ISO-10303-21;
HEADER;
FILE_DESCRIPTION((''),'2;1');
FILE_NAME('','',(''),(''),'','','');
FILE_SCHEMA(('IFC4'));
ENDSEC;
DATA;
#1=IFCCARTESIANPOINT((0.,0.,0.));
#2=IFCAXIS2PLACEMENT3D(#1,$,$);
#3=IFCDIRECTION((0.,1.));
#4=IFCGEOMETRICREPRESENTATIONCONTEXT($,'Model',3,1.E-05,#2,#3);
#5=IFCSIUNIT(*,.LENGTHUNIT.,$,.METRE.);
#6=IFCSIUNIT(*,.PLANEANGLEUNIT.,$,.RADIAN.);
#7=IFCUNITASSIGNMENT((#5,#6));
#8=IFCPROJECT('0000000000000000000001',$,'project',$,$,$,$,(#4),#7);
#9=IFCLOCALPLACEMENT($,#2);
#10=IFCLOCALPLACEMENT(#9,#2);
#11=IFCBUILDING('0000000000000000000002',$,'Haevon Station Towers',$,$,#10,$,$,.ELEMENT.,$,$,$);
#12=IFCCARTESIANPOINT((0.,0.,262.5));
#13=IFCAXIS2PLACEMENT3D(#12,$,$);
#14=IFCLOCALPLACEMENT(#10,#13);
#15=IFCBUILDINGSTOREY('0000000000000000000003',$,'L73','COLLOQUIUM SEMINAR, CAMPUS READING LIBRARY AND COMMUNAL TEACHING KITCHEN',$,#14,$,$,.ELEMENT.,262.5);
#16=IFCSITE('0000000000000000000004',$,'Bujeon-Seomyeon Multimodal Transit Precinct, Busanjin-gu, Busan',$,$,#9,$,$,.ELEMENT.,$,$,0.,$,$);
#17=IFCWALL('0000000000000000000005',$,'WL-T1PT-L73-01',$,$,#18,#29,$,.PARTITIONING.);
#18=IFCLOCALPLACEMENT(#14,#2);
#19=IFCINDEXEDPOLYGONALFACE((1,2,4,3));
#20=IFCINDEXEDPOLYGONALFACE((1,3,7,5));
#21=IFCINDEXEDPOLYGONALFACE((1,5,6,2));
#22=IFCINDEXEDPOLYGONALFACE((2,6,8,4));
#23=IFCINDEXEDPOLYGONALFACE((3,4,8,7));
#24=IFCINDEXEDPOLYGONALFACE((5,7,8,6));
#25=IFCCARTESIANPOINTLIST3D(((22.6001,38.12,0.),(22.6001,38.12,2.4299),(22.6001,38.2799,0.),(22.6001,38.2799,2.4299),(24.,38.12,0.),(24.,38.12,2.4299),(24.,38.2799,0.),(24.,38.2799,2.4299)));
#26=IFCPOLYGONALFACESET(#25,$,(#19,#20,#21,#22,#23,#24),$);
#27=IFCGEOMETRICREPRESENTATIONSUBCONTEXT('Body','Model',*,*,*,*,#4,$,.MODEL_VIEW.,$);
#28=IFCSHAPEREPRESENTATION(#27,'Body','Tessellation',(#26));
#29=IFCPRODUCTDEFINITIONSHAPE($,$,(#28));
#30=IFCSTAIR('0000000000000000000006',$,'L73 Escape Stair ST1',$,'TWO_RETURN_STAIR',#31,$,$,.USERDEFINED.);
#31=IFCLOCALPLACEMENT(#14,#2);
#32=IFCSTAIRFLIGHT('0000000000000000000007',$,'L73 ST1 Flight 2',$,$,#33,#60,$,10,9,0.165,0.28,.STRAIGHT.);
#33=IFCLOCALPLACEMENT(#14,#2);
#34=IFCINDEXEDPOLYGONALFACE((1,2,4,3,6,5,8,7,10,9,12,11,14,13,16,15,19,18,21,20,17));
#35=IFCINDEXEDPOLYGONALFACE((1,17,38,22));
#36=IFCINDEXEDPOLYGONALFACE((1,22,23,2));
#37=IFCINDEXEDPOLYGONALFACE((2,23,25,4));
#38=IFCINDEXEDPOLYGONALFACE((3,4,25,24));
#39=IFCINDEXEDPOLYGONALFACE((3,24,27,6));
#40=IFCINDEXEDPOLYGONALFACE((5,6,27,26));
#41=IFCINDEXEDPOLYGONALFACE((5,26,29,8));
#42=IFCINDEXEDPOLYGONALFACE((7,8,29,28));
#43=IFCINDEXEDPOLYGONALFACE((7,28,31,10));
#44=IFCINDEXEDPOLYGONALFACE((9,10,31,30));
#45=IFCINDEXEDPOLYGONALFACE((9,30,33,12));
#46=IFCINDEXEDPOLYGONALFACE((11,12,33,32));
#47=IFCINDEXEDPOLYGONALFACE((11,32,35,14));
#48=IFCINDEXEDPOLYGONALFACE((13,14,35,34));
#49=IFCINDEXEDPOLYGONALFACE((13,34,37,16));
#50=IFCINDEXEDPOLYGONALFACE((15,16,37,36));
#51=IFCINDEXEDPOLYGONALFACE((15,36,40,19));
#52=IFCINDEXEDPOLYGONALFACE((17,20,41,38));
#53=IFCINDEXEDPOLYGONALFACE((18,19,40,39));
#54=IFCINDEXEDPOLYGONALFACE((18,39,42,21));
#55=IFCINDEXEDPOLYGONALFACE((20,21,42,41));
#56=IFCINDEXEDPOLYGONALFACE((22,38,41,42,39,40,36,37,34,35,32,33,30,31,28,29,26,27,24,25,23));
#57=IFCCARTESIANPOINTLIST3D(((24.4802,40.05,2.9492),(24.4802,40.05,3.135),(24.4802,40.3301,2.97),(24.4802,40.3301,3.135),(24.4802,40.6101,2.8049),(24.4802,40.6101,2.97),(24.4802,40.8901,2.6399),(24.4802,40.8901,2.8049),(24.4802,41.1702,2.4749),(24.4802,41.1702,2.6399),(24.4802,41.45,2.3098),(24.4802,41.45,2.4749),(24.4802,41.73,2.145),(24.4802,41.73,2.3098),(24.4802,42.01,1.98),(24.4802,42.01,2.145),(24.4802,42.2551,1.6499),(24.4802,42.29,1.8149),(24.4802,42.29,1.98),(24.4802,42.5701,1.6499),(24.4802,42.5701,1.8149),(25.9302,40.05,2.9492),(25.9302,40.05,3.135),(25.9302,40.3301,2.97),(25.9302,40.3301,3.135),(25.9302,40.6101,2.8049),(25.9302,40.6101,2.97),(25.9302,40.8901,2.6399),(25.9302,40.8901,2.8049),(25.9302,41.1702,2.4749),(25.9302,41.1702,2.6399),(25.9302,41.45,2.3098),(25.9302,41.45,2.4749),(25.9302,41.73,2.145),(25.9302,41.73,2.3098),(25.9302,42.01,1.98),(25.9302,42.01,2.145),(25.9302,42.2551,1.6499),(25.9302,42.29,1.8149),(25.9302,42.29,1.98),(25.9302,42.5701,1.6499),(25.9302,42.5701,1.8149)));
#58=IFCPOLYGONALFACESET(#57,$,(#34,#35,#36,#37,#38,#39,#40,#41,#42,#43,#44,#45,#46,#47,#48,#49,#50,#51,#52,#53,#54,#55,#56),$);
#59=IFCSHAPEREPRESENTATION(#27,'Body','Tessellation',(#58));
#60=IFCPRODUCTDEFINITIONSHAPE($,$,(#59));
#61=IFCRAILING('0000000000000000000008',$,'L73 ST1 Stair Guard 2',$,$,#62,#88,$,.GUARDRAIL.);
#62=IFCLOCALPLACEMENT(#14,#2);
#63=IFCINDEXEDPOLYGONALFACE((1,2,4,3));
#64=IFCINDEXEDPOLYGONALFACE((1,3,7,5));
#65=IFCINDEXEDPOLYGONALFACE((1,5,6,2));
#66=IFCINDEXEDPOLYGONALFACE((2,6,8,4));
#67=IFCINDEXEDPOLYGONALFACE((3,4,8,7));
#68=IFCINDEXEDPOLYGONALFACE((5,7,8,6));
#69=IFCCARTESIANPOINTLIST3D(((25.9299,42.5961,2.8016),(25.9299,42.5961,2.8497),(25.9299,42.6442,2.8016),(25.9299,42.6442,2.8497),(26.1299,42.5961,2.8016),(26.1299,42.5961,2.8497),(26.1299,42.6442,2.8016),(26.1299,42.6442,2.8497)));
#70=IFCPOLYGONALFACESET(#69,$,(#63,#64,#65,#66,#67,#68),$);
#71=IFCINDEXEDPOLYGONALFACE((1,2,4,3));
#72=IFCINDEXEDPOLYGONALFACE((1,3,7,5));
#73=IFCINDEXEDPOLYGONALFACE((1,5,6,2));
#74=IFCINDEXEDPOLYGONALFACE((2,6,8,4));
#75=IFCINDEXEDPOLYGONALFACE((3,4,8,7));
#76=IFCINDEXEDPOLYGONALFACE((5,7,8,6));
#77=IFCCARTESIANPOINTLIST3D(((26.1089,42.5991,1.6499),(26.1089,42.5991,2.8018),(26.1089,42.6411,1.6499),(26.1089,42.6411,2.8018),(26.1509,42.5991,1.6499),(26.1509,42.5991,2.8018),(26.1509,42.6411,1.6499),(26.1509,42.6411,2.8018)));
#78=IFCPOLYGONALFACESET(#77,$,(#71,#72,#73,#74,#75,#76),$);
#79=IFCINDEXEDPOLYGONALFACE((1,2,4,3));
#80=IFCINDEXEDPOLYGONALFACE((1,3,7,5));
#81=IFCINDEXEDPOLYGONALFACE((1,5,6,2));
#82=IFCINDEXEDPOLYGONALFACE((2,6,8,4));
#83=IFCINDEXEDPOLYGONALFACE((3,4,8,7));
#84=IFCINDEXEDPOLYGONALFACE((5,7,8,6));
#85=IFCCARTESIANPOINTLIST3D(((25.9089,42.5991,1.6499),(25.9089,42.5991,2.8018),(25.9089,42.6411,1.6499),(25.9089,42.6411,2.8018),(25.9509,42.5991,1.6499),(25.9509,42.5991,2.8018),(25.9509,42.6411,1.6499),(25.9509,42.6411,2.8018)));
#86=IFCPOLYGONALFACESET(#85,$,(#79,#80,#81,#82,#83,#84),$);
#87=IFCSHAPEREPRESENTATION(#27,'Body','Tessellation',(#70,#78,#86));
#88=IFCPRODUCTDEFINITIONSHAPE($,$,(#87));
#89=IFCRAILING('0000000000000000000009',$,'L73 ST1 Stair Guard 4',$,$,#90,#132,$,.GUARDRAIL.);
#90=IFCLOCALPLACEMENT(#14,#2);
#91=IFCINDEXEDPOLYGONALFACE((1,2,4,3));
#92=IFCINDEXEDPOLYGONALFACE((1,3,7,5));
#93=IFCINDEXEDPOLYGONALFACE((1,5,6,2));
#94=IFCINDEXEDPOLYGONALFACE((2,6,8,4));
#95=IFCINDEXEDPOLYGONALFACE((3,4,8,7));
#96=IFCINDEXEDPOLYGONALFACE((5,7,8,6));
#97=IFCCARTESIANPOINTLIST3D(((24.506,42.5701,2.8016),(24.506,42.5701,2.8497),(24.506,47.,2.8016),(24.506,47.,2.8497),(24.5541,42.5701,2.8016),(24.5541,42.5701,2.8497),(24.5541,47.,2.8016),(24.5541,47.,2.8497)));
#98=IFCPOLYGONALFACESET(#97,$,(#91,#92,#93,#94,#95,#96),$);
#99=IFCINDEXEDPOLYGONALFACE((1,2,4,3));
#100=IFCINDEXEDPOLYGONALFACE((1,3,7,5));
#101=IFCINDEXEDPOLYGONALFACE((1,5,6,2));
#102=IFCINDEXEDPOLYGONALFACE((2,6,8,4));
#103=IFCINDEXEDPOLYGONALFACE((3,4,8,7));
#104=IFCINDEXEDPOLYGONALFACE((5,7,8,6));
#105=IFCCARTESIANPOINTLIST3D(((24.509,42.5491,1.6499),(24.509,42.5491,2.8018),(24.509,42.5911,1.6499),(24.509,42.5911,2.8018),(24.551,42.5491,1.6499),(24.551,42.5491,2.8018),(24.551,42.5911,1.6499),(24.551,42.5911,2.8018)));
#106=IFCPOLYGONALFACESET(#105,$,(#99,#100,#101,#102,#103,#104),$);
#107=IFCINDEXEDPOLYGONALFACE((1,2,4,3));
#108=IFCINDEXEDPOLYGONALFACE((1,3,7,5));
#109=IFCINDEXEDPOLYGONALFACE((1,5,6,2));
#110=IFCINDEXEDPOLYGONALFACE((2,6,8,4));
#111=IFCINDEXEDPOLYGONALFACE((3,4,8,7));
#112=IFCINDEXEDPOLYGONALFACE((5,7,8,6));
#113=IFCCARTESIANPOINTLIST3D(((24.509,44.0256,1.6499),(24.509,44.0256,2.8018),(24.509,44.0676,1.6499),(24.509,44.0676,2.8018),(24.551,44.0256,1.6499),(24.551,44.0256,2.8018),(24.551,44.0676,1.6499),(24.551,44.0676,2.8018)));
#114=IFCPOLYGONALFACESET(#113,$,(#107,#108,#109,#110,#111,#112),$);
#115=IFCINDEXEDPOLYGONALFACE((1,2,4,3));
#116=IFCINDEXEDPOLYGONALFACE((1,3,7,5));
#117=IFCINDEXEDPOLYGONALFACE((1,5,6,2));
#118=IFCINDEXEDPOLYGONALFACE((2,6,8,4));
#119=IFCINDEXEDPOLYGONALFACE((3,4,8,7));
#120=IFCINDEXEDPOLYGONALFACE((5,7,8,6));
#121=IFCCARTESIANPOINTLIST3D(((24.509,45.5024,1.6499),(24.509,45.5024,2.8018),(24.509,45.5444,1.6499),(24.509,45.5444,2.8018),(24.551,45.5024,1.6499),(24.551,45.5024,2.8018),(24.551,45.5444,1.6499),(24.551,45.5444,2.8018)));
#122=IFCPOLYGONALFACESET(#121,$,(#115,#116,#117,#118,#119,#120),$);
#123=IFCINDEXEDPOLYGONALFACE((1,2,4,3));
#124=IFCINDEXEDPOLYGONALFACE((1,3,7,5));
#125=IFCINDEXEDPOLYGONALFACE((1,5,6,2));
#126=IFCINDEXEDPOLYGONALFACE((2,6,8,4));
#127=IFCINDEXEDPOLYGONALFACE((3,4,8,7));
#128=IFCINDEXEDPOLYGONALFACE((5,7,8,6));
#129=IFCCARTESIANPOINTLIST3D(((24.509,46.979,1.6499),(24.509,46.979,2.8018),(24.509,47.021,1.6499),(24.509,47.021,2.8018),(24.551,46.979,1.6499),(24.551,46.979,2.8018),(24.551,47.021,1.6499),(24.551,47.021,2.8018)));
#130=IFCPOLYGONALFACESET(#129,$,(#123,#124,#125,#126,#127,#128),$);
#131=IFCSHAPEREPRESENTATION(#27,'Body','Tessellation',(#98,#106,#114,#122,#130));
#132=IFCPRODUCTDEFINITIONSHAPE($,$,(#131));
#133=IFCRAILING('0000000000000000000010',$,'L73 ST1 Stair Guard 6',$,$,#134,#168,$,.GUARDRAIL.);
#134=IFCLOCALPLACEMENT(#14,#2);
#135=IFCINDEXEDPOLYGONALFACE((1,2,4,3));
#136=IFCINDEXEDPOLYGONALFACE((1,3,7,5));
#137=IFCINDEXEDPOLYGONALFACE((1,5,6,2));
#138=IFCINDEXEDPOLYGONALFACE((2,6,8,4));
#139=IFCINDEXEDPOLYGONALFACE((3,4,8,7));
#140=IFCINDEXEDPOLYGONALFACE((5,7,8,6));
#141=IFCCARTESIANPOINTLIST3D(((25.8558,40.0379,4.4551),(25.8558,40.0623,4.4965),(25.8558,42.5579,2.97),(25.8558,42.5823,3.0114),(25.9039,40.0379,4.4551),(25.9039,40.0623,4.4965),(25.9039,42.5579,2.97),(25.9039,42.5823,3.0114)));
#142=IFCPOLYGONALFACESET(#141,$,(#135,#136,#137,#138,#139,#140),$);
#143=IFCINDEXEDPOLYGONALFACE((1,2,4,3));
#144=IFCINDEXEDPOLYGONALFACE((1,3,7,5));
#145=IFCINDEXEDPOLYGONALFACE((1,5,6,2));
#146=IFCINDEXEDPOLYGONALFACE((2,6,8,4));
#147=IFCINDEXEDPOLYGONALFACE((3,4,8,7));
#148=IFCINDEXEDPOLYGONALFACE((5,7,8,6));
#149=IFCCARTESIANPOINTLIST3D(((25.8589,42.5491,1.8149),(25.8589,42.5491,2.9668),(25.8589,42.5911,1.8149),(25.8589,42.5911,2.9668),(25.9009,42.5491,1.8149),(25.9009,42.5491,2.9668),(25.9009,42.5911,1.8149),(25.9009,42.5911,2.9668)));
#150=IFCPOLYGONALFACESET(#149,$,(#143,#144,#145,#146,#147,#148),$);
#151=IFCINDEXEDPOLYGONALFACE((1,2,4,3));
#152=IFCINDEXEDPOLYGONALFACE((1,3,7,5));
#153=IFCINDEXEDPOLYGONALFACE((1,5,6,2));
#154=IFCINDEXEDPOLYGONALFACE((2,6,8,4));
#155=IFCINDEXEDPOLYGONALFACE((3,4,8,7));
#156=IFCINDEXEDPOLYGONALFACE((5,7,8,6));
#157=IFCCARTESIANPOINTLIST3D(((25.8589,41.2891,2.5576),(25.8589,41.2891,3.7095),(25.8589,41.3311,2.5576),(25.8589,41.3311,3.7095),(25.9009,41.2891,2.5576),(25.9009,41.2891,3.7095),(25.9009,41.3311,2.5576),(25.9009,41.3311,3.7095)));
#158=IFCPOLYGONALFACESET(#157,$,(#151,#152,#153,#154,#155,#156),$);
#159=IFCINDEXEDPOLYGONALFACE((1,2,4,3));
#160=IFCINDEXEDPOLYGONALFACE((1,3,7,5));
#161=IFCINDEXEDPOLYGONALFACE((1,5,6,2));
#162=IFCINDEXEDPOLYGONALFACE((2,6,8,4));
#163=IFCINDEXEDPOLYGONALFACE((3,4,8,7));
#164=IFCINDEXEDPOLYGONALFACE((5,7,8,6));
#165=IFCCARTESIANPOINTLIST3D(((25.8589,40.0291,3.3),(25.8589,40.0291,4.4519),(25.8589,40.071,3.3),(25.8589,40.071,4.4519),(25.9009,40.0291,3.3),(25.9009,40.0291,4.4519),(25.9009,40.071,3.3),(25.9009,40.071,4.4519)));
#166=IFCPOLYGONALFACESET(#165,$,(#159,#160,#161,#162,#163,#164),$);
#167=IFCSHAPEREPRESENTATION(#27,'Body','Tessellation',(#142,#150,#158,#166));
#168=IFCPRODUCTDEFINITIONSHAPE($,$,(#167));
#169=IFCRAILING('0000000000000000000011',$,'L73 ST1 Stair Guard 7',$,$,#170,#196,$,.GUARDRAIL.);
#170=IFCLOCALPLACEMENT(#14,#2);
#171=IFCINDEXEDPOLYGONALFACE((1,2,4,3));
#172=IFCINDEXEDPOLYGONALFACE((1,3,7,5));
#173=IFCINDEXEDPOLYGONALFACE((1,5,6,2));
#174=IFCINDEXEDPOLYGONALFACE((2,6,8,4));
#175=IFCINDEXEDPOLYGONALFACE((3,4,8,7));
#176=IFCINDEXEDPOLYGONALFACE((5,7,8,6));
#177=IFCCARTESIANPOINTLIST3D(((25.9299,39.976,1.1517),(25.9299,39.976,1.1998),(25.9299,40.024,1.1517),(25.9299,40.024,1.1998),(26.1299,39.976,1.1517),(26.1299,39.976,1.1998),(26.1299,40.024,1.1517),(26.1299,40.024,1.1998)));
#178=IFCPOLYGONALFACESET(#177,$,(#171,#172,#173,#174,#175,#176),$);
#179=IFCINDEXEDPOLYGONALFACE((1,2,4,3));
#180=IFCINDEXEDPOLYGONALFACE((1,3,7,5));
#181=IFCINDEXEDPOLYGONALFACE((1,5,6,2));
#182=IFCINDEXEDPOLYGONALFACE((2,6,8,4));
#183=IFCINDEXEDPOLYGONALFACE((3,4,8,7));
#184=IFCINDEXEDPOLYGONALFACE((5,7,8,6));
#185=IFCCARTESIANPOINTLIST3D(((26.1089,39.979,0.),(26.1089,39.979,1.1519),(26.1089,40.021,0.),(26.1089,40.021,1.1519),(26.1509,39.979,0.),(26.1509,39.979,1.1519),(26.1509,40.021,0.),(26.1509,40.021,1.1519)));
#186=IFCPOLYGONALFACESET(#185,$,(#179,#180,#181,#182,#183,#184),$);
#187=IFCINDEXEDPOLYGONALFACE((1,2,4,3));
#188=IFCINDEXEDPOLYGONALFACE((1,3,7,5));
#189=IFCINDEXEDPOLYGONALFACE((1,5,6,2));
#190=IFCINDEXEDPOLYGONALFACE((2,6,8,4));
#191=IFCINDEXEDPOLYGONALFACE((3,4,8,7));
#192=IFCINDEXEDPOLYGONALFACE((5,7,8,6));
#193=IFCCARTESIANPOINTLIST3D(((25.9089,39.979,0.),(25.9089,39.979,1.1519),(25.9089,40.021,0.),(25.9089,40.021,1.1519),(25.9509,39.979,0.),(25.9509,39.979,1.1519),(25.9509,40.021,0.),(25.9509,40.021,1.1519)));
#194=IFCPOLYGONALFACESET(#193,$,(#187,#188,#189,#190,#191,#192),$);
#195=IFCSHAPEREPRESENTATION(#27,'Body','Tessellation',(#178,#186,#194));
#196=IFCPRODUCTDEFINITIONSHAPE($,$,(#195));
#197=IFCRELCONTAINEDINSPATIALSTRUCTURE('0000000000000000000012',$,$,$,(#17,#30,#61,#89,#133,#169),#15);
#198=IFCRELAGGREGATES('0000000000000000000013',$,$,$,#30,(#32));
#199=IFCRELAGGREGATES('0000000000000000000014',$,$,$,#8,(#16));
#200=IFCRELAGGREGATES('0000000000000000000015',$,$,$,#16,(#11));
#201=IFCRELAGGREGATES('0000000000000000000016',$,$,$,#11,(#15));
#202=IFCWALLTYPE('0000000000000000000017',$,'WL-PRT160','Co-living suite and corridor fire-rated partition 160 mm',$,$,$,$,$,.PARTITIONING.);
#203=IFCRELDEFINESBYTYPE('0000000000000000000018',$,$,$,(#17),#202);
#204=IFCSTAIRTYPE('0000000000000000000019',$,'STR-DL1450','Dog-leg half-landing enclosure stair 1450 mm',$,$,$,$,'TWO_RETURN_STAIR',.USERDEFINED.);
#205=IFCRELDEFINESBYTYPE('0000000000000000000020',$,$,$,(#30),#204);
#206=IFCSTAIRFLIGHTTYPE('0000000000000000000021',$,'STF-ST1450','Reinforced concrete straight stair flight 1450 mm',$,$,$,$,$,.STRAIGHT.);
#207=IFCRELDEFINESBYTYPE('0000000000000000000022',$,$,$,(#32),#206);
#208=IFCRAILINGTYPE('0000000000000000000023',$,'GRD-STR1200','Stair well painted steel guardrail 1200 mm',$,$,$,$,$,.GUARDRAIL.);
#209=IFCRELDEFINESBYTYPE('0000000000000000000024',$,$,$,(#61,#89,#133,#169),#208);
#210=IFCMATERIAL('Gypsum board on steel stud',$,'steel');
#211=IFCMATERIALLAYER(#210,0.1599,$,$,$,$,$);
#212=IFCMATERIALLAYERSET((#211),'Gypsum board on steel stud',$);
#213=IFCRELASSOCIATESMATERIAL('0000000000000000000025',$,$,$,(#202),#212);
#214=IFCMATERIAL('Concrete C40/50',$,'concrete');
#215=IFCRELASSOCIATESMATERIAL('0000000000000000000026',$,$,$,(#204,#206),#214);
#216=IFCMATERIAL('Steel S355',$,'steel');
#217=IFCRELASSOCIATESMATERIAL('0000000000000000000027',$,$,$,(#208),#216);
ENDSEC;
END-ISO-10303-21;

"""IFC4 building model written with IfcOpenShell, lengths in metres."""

from ifc_helpers import new_model, si_unit, direction, frame, frame_2d, origin, origin_2d, place, context, subcontext, project, spatial, polyline, rectangle, outline, extrude, material, layer, layer_set, type_object, element, aggregate, save


model = new_model("IFC4")

# Units and contexts
model_context = context("Model", 3, precision=1e-05, world=origin(), true_north=direction((0.0, 1.0)))
body_context = subcontext(model_context, "Body", "Model", "MODEL_VIEW")
ifc_project = project(units=[si_unit("LENGTHUNIT", "METRE"), si_unit("PLANEANGLEUNIT", "RADIAN")], contexts=[model_context])

# Site, building, storey
site_placement = place(None, origin())
site = spatial("IfcSite", under=ifc_project, at=site_placement, Name="Bujeon-Seomyeon Multimodal Transit Precinct, Busanjin-gu, Busan", CompositionType="ELEMENT", RefElevation=0.0)
building_placement = place(site_placement, origin())
building = spatial("IfcBuilding", under=site, at=building_placement, Name="Haevon Station Towers", CompositionType="ELEMENT")
storey_placement = place(building_placement, frame((0.0, 0.0, 262.5)))
storey = spatial("IfcBuildingStorey", under=building, at=storey_placement, Name="L73", Description="COLLOQUIUM SEMINAR, CAMPUS READING LIBRARY AND COMMUNAL TEACHING KITCHEN", CompositionType="ELEMENT", Elevation=262.5)

# Shared definitions
ifc_material_1 = material(Name="Steel S355", Category="steel")

# Shared definitions
ifc_material_2 = material(Name="Gypsum board on steel stud", Category="steel")

# Wall
ifc_layer_1 = layer(ifc_material_2, 0.1599)
ifc_layer_set_1 = layer_set([ifc_layer_1], Name="Gypsum board on steel stud")
wall_type_1 = type_object("IfcWallType", Name="WL-PRT160", Description="Co-living suite and corridor fire-rated partition 160 mm", PredefinedType="PARTITIONING", material=ifc_layer_set_1)
wall_1_placement = place(storey_placement, frame((22.6001, 38.2, 0.0), z_axis=(0.0, 0.0, 1.0), x_axis=(1.0, 0.0, 0.0)))
element("IfcWall", 1, at=wall_1_placement, inside=storey, type_object=wall_type_1, Name="WL-T1PT-L73-01", PredefinedType="PARTITIONING", context=body_context, shape_type="SweptSolid", body=[
    extrude(rectangle(XDim=1.3999, YDim=0.1599, at=frame_2d((0.7, 0.0))), origin(), (0.0, 0.0, 1.0), 2.4299),
])

# Stair, stair flight
ifc_material_3 = material(Name="Concrete C40/50", Category="concrete")
stair_type = type_object("IfcStairType", Name="STR-DL1450", Description="Dog-leg half-landing enclosure stair 1450 mm", ElementType="TWO_RETURN_STAIR", PredefinedType="USERDEFINED", material=ifc_material_3)
stair_placement = place(storey_placement, origin())
stair = element("IfcStair", 2, at=stair_placement, inside=storey, type_object=stair_type, Name="L73 Escape Stair ST1", ObjectType="TWO_RETURN_STAIR", PredefinedType="USERDEFINED")
stair_flight_type = type_object("IfcStairFlightType", Name="STF-ST1450", Description="Reinforced concrete straight stair flight 1450 mm", PredefinedType="STRAIGHT", material=ifc_material_3)
stair_flight_placement = place(storey_placement, frame((25.2051, 42.5701, 1.6499), z_axis=(0.0, 0.0, 1.0), x_axis=(0.0, -1.0, 0.0)))
stair_flight = element("IfcStairFlight", 3, at=stair_flight_placement, type_object=stair_flight_type, Name="L73 ST1 Flight 2", NumberOfRisers=10, NumberOfTreads=9, PredefinedType="STRAIGHT", RiserHeight=0.165, TreadLength=0.28, context=body_context, shape_type="SweptSolid", body=[
    extrude(outline(polyline([(0.0, 0.0), (0.0, 0.165), (0.28, 0.165), (0.28, 0.3301), (0.5601, 0.3301), (0.5601, 0.4951), (0.8401, 0.4951), (0.8401, 0.6599), (1.1201, 0.6599), (1.1201, 0.825), (1.3999, 0.825), (1.3999, 0.99), (1.6799, 0.99), (1.6799, 1.155), (1.96, 1.155), (1.96, 1.3201), (2.24, 1.3201), (2.24, 1.4851), (2.52, 1.4851), (2.52, 1.6499), (2.52, 1.2993), (0.3149, 0.0), (0.0, 0.0)])), frame((0.0, 0.7251, 0.0), z_axis=(0.0, -1.0, 0.0), x_axis=(1.0, 0.0, 0.0)), (0.0, 0.0, 1.0), 1.45),
])
aggregate(stair, [stair_flight])

# Railings
railing_type_1 = type_object("IfcRailingType", Name="GRD-STR1200", Description="Stair well painted steel guardrail 1200 mm", PredefinedType="GUARDRAIL", material=ifc_material_1)
railing_1_placement = place(storey_placement, frame((26.1299, 42.6201, 1.6499)))
element("IfcRailing", 4, at=railing_1_placement, inside=storey, type_object=railing_type_1, Name="L73 ST1 Stair Guard 2", PredefinedType="GUARDRAIL", context=body_context, shape_type="SweptSolid", body=[
    extrude(rectangle(XDim=0.0481, YDim=0.0481, at=origin_2d()), frame((0.0, 0.0, 1.1758), z_axis=(-1.0, 0.0, 0.0), x_axis=(0.0, -1.0, 0.0)), (0.0, 0.0, 1.0), 0.2),
    extrude(rectangle(XDim=0.042, YDim=0.042, at=origin_2d()), origin(), (0.0, 0.0, 1.0), 1.1519),
    extrude(rectangle(XDim=0.042, YDim=0.042, at=origin_2d()), frame((-0.2, 0.0, 0.0)), (0.0, 0.0, 1.0), 1.1519),
])
railing_2_placement = place(storey_placement, frame((24.53, 42.5701, 1.6499)))
element("IfcRailing", 5, at=railing_2_placement, inside=storey, type_object=railing_type_1, Name="L73 ST1 Stair Guard 4", PredefinedType="GUARDRAIL", context=body_context, shape_type="SweptSolid", body=[
    extrude(rectangle(XDim=0.0481, YDim=0.0481, at=origin_2d()), frame((0.0, 0.0, 1.1758), z_axis=(0.0, 1.0, 0.0), x_axis=(-1.0, 0.0, 0.0)), (0.0, 0.0, 1.0), 4.4299),
    extrude(rectangle(XDim=0.042, YDim=0.042, at=origin_2d()), origin(), (0.0, 0.0, 1.0), 1.1519),
    extrude(rectangle(XDim=0.042, YDim=0.042, at=origin_2d()), frame((0.0, 1.4766, 0.0)), (0.0, 0.0, 1.0), 1.1519),
    extrude(rectangle(XDim=0.042, YDim=0.042, at=origin_2d()), frame((0.0, 2.9534, 0.0)), (0.0, 0.0, 1.0), 1.1519),
    extrude(rectangle(XDim=0.042, YDim=0.042, at=origin_2d()), frame((0.0, 4.4299, 0.0)), (0.0, 0.0, 1.0), 1.1519),
])
railing_3_placement = place(storey_placement, frame((25.8799, 42.5701, 1.8149)))
element("IfcRailing", 6, at=railing_3_placement, inside=storey, type_object=railing_type_1, Name="L73 ST1 Stair Guard 6", PredefinedType="GUARDRAIL", context=body_context, shape_type="SweptSolid", body=[
    extrude(rectangle(XDim=0.0481, YDim=0.0481, at=origin_2d()), frame((0.0, 0.0, 1.1758), z_axis=(0.0, -0.861524, 0.507717), x_axis=(1.0, 0.0, 0.0)), (0.0, 0.0, 1.0), 2.925),
    extrude(rectangle(XDim=0.042, YDim=0.042, at=origin_2d()), origin(), (0.0, 0.0, 1.0), 1.1519),
    extrude(rectangle(XDim=0.042, YDim=0.042, at=origin_2d()), frame((0.0, -1.26, 0.7427)), (0.0, 0.0, 1.0), 1.1519),
    extrude(rectangle(XDim=0.042, YDim=0.042, at=origin_2d()), frame((0.0, -2.52, 1.4851)), (0.0, 0.0, 1.0), 1.1519),
])
railing_4_placement = place(storey_placement, frame((26.1299, 40.0, 0.0)))
element("IfcRailing", 7, at=railing_4_placement, inside=storey, type_object=railing_type_1, Name="L73 ST1 Stair Guard 7", PredefinedType="GUARDRAIL", context=body_context, shape_type="SweptSolid", body=[
    extrude(rectangle(XDim=0.0481, YDim=0.0481, at=origin_2d()), frame((0.0, 0.0, 1.1758), z_axis=(-1.0, 0.0, 0.0), x_axis=(0.0, -1.0, 0.0)), (0.0, 0.0, 1.0), 0.2),
    extrude(rectangle(XDim=0.042, YDim=0.042, at=origin_2d()), origin(), (0.0, 0.0, 1.0), 1.1519),
    extrude(rectangle(XDim=0.042, YDim=0.042, at=origin_2d()), frame((-0.2, 0.0, 0.0)), (0.0, 0.0, 1.0), 1.1519),
])

save(model, "model.ifc")
